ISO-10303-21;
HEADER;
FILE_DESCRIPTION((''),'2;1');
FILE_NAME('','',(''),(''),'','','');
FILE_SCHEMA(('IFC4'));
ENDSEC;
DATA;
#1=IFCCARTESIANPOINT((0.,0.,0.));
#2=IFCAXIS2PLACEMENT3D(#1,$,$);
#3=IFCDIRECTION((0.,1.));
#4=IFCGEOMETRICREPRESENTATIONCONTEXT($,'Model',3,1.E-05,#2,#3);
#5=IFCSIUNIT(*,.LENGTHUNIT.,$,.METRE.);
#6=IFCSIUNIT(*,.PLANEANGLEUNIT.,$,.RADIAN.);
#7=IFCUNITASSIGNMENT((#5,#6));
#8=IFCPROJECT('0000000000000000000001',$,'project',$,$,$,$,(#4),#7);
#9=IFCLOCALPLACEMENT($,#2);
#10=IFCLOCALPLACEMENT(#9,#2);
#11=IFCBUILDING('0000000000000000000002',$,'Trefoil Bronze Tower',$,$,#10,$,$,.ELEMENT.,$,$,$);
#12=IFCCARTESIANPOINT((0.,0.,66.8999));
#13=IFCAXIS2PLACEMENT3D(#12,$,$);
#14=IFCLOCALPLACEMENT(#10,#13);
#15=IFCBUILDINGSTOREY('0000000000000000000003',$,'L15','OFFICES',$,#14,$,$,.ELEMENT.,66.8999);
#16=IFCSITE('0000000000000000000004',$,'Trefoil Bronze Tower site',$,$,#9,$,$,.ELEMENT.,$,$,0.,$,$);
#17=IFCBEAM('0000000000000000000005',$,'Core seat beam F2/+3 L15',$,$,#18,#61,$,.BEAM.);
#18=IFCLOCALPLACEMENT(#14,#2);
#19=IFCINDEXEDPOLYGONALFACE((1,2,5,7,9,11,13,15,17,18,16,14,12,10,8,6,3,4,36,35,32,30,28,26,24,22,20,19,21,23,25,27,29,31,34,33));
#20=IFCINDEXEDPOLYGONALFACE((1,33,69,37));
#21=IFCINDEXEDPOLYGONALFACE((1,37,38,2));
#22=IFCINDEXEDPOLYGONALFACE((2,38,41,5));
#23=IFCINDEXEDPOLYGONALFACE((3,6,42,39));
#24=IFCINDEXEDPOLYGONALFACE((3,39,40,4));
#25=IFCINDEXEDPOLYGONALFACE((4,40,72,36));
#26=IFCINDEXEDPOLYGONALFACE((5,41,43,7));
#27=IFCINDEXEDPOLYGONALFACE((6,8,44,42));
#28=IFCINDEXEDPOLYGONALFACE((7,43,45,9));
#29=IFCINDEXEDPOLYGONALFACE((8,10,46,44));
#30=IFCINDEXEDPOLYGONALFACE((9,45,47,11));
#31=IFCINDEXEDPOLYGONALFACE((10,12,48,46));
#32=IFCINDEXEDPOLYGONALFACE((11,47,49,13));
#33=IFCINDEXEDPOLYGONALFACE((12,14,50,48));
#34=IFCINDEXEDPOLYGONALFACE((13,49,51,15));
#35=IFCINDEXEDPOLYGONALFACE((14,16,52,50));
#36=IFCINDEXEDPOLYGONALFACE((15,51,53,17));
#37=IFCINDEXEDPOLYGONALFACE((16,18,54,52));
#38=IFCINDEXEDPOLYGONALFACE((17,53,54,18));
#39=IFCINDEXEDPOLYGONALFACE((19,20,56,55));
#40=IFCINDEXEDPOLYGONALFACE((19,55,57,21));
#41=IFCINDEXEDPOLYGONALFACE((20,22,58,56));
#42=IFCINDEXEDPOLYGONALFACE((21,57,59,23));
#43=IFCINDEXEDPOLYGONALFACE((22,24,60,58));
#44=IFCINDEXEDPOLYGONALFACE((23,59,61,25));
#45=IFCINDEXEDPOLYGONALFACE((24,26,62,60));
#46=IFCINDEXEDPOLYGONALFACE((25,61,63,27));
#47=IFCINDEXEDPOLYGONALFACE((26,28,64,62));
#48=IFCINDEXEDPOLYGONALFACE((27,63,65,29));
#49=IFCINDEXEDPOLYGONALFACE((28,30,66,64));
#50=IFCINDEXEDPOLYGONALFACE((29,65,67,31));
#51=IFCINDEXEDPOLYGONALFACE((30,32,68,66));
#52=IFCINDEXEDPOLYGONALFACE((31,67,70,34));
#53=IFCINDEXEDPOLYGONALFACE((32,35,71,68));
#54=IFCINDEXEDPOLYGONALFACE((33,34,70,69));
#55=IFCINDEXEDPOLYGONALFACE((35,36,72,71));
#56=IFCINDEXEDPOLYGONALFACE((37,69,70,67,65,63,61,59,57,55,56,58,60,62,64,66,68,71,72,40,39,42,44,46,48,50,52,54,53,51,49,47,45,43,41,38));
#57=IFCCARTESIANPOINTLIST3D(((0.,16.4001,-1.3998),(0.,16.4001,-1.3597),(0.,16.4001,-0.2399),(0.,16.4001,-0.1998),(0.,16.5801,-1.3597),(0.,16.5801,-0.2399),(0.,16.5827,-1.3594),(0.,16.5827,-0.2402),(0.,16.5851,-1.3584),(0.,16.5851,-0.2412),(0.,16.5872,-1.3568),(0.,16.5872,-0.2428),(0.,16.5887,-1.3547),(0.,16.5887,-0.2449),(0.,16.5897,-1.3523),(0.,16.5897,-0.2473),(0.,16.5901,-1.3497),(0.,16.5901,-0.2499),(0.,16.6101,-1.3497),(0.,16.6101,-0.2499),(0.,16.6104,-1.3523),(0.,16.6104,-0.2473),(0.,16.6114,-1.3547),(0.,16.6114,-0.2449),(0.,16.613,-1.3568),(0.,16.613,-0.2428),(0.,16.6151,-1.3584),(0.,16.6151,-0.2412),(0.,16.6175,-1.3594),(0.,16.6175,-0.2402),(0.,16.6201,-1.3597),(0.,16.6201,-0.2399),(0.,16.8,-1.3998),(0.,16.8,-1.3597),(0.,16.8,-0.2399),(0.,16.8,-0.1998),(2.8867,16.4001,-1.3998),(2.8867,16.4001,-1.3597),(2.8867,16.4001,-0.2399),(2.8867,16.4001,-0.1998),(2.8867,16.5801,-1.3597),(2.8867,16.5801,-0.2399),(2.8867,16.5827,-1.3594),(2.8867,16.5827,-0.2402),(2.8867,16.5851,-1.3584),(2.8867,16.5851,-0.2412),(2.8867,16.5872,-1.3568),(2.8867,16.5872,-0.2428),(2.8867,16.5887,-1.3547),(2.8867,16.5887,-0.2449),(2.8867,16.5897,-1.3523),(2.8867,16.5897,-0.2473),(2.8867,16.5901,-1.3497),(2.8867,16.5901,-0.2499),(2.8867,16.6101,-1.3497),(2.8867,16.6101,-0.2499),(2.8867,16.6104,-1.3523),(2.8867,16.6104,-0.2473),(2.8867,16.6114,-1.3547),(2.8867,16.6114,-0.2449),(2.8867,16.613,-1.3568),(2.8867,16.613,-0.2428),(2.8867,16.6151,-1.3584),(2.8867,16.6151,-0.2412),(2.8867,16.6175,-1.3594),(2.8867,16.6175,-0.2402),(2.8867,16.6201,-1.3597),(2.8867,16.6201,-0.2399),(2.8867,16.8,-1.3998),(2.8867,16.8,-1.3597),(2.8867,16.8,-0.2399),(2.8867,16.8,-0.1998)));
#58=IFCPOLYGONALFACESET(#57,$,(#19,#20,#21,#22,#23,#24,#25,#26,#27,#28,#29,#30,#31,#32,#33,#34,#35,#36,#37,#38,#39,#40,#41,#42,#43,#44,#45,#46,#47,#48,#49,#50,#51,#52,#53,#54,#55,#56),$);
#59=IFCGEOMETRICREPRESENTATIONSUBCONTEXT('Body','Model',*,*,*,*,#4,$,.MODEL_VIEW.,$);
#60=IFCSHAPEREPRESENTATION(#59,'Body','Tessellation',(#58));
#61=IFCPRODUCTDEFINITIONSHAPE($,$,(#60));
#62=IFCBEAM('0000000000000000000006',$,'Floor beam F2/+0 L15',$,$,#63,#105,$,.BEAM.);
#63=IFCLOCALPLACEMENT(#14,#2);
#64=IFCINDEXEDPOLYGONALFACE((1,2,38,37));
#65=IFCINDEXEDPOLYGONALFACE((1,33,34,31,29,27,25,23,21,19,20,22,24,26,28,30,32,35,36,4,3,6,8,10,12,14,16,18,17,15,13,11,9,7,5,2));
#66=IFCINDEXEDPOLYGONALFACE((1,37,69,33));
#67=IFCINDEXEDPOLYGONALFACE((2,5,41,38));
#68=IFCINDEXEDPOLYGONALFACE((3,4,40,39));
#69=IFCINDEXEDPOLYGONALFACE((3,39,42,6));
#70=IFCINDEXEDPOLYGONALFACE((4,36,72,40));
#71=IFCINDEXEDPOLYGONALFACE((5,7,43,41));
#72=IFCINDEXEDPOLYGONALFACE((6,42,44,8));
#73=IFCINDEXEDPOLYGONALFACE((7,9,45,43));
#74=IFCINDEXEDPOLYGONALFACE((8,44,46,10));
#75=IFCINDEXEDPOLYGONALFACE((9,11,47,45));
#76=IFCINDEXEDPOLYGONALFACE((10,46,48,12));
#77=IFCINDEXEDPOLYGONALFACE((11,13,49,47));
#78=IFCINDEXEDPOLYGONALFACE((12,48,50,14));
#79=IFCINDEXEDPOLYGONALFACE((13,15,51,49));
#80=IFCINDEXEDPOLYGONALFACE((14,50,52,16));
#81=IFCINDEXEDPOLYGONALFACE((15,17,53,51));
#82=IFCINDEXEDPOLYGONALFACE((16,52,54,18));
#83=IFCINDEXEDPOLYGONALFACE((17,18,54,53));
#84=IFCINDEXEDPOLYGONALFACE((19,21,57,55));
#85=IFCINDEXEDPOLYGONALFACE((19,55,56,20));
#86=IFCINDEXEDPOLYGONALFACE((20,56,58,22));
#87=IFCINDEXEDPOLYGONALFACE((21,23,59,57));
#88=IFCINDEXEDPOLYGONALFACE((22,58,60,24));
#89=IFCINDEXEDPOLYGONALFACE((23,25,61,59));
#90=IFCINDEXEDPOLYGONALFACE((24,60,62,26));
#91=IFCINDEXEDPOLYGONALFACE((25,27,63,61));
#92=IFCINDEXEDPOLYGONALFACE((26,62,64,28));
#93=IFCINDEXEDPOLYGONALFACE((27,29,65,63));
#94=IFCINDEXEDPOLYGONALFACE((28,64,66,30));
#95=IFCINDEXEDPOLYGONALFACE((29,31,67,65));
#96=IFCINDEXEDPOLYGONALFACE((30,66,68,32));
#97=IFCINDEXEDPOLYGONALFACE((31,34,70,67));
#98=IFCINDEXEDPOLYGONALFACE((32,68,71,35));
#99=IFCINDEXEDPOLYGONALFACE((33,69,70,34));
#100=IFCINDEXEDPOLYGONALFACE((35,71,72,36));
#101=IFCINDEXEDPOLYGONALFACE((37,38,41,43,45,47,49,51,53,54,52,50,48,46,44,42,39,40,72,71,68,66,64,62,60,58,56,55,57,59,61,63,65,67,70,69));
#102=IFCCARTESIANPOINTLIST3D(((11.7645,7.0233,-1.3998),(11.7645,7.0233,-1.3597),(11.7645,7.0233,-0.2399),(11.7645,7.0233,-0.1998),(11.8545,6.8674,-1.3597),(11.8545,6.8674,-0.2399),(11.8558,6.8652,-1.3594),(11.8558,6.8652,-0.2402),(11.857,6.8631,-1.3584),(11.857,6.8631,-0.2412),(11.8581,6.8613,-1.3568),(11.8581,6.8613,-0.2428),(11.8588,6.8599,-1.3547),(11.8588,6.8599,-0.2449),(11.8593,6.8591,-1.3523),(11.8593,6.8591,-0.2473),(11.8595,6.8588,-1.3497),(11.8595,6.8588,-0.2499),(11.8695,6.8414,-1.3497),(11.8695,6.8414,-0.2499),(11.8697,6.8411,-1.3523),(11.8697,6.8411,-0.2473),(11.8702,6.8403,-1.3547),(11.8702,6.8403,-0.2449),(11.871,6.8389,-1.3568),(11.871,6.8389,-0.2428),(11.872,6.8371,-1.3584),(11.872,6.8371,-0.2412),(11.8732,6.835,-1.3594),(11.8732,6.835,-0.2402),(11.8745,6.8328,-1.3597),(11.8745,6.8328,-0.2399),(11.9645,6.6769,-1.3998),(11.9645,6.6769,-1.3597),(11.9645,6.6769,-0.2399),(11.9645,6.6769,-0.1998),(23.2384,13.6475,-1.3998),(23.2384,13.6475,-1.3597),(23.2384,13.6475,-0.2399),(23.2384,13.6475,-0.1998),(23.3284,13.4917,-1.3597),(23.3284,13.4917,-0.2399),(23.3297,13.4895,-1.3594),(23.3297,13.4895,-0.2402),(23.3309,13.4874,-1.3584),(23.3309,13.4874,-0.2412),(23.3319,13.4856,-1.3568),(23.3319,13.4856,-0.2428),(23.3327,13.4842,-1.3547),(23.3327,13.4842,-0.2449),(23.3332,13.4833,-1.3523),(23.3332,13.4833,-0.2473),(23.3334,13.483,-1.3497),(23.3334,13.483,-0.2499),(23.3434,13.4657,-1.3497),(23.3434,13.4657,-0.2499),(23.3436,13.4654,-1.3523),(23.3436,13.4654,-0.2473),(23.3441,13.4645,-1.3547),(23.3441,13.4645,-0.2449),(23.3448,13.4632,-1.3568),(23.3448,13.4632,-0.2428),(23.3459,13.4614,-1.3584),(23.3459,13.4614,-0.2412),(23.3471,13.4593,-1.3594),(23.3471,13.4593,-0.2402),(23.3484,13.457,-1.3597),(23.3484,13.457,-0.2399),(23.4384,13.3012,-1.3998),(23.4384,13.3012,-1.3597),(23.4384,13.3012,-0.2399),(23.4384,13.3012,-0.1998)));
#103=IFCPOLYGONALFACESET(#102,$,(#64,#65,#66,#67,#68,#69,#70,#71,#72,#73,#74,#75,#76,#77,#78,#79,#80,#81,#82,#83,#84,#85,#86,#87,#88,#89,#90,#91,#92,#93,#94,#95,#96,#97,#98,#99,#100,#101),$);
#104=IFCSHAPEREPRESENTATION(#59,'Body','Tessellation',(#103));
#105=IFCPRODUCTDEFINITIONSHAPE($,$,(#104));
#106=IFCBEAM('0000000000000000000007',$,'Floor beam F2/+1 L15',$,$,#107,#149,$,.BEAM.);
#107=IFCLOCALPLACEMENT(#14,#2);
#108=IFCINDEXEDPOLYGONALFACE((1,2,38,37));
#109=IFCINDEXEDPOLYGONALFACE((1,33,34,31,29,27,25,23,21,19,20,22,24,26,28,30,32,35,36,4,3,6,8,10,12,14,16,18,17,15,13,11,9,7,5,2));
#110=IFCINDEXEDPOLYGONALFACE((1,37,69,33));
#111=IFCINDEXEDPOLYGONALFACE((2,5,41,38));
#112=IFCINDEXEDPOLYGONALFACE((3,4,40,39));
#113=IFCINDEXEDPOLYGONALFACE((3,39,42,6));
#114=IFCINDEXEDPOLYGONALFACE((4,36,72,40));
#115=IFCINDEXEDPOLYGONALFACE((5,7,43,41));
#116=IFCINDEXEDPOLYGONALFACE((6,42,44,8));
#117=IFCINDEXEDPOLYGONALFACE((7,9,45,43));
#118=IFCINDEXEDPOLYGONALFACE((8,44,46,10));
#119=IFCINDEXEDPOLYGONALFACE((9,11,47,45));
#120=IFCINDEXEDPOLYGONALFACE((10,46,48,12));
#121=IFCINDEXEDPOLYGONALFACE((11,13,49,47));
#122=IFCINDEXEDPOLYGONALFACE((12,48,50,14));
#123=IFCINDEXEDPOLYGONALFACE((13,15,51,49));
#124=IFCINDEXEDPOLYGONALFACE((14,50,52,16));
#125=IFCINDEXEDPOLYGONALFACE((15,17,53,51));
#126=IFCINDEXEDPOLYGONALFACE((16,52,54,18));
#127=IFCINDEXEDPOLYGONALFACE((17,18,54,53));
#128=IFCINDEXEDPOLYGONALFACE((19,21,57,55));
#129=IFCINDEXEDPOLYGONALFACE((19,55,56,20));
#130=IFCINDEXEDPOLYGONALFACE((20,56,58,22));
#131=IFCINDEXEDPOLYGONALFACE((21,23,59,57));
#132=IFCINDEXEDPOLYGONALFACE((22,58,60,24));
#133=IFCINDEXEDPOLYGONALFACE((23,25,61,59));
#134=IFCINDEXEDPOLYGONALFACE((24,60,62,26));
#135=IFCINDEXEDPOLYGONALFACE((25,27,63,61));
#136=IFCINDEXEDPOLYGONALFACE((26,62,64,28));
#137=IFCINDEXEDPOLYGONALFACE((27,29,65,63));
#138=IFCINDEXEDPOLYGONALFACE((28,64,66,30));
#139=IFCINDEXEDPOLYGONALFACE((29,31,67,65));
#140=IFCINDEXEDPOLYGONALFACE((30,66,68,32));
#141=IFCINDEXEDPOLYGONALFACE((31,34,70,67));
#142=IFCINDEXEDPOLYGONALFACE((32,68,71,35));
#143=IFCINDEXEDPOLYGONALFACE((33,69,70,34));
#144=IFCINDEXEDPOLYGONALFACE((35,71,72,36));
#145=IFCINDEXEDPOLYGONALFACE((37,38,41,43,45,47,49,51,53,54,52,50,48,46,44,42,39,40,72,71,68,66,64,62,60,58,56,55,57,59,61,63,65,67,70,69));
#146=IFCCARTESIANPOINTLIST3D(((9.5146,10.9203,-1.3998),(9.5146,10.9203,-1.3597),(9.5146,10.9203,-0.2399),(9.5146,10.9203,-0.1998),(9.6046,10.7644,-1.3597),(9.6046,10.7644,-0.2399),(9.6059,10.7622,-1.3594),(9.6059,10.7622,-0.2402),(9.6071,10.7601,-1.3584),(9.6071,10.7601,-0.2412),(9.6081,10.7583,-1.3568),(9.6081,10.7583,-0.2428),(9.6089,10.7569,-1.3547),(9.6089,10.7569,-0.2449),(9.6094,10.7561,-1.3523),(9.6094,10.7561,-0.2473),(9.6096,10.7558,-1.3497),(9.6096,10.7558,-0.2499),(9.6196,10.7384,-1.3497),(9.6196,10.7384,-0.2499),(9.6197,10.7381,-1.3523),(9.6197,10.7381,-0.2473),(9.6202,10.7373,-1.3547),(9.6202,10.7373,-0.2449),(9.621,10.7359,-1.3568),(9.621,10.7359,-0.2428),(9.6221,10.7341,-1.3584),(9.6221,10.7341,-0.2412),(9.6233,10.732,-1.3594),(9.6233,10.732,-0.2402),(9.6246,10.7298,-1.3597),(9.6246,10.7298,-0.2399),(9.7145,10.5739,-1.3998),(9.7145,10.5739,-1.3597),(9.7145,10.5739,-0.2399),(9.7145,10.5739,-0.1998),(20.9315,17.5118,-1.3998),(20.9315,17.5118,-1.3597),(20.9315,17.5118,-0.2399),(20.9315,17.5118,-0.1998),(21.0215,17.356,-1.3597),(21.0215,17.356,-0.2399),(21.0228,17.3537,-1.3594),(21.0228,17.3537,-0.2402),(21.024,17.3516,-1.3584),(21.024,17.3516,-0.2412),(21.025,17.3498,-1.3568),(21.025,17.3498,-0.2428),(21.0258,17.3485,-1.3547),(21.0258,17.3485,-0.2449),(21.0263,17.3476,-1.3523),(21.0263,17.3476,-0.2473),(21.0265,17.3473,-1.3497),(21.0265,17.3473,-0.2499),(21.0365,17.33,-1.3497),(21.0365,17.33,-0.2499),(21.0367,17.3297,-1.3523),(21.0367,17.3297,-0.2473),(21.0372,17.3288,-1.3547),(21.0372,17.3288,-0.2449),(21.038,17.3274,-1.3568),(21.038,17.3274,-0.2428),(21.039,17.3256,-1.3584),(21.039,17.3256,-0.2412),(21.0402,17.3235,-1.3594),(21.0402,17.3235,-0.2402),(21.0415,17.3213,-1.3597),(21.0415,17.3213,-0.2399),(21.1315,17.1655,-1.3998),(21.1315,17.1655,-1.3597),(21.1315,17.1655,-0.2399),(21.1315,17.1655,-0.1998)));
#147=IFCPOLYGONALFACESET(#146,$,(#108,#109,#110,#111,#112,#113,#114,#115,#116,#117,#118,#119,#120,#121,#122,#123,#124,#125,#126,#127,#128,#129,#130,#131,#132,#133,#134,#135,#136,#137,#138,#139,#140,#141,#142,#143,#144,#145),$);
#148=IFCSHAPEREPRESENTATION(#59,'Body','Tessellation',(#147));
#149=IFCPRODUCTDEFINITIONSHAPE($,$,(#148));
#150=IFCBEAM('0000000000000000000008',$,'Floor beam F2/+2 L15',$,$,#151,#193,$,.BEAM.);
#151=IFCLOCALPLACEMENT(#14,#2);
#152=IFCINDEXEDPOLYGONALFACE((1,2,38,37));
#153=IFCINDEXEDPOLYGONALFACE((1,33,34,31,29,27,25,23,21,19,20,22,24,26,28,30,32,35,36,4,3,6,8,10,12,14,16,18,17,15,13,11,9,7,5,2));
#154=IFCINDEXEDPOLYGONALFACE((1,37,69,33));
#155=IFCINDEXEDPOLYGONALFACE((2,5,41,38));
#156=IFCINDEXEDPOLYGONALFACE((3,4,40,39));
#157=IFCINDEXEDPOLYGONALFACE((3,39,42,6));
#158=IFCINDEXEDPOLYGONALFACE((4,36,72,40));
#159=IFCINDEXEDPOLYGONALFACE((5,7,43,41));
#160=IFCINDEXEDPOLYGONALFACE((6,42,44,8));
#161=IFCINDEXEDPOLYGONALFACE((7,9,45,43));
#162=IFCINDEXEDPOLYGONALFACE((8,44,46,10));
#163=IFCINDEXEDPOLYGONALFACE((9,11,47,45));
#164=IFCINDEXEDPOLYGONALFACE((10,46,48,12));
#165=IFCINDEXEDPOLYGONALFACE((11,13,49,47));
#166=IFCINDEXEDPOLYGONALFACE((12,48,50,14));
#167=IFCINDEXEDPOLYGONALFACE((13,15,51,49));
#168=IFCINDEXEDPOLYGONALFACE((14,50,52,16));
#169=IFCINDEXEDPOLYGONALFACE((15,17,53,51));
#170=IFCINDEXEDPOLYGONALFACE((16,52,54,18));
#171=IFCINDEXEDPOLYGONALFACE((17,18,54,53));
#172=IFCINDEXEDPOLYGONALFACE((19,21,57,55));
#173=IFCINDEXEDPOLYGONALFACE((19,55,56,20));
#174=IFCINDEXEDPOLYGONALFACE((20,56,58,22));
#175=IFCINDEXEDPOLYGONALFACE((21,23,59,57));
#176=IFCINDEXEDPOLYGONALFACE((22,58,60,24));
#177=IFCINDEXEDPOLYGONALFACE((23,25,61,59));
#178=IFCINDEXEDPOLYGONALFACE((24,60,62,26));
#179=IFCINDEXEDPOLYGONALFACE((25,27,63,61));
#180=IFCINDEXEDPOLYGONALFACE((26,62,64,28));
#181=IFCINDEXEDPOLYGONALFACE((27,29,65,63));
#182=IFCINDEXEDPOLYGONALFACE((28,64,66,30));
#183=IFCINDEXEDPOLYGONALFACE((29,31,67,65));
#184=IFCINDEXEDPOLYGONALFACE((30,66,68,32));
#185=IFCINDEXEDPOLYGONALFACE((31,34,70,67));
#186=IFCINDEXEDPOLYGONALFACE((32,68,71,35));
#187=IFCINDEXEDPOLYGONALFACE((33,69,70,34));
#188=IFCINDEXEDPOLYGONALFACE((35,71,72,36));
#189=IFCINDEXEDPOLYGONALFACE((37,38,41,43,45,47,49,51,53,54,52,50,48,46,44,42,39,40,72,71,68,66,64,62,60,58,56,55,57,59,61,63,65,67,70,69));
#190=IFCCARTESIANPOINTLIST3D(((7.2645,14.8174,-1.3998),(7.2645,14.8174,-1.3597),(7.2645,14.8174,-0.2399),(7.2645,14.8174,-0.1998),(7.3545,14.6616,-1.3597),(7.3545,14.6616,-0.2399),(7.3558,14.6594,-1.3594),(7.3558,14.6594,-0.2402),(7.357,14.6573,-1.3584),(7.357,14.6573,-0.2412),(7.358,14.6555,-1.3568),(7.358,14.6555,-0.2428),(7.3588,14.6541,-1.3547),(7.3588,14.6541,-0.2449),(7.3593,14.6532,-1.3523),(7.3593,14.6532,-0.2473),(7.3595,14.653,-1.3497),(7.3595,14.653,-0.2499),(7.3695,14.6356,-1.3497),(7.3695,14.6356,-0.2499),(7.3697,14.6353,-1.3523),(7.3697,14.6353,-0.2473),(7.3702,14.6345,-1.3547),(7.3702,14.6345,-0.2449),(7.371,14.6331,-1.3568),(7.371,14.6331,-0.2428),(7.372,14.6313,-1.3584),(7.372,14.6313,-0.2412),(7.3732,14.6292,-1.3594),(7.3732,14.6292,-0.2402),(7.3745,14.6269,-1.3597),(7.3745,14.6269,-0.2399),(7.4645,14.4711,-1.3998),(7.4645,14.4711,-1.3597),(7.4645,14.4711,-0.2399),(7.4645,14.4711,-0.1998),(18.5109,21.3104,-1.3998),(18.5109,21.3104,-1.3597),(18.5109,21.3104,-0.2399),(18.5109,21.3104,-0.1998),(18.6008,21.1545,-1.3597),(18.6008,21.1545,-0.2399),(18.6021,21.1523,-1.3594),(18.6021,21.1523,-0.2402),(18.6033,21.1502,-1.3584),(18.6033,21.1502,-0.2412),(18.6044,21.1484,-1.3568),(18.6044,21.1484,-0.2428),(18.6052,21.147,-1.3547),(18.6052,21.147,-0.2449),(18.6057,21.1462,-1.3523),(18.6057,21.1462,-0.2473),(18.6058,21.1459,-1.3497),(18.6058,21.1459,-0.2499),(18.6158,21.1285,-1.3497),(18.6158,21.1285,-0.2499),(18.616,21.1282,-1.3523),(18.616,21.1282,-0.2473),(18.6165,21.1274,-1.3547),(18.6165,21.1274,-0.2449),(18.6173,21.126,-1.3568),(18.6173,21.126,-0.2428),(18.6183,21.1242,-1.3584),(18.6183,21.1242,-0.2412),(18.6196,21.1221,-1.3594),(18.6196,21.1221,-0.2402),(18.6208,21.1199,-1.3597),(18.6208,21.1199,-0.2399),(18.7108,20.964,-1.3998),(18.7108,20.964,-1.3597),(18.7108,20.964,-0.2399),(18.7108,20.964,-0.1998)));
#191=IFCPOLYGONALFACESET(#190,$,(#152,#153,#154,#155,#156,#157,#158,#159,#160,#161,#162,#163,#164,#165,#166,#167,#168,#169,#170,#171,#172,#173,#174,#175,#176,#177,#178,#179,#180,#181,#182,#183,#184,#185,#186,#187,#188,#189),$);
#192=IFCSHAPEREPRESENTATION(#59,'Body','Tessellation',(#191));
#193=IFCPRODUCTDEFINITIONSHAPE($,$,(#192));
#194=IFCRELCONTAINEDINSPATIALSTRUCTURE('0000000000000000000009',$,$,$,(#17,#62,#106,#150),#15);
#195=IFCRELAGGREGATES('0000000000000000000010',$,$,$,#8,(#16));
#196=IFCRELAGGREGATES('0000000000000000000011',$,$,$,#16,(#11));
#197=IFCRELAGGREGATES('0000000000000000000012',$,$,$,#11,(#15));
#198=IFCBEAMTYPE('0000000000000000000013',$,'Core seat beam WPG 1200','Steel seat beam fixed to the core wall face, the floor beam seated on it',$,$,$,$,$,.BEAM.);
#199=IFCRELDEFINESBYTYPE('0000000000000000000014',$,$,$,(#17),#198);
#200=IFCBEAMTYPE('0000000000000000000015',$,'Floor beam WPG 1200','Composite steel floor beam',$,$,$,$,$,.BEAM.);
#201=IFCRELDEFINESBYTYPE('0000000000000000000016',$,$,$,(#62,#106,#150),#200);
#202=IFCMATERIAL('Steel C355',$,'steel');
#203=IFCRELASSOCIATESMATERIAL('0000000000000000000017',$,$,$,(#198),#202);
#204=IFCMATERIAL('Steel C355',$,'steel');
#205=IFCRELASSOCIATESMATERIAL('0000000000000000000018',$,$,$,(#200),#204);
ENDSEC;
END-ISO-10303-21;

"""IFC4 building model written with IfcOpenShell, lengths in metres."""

from ifc_helpers import new_model, si_unit, direction, frame, origin, origin_2d, place, context, subcontext, project, spatial, i_section, extrude, material, material_profile, profile_set, type_object, element, save


model = new_model("IFC4")

# Units and contexts
model_context = context("Model", 3, precision=1e-05, world=origin(), true_north=direction((0.0, 1.0)))
body_context = subcontext(model_context, "Body", "Model", "MODEL_VIEW")
ifc_project = project(units=[si_unit("LENGTHUNIT", "METRE"), si_unit("PLANEANGLEUNIT", "RADIAN")], contexts=[model_context])

# Site, building, storey
site_placement = place(None, origin())
site = spatial("IfcSite", under=ifc_project, at=site_placement, Name="Trefoil Bronze Tower site", CompositionType="ELEMENT", RefElevation=0.0)
building_placement = place(site_placement, origin())
building = spatial("IfcBuilding", under=site, at=building_placement, Name="Trefoil Bronze Tower", CompositionType="ELEMENT")
storey_placement = place(building_placement, frame((0.0, 0.0, 66.8999)))
storey = spatial("IfcBuildingStorey", under=building, at=storey_placement, Name="L15", Description="OFFICES", CompositionType="ELEMENT", Elevation=66.8999)

# Beams
ifc_material_1 = material(Name="Steel C355", Category="steel")
ifc_material_profile_1 = material_profile(ifc_material_1, i_section(OverallWidth=0.3999, OverallDepth=1.2, WebThickness=0.02, FlangeThickness=0.04, FilletRadius=0.01, at=origin_2d()), Name="WPG 1200")
ifc_profile_set_1 = profile_set([ifc_material_profile_1], Name="Steel C355")
beam_type_1 = type_object("IfcBeamType", Name="Core seat beam WPG 1200", Description="Steel seat beam fixed to the core wall face, the floor beam seated on it", PredefinedType="BEAM", material=ifc_profile_set_1)
beam_1_placement = place(storey_placement, frame((2.8867, 16.6001, -0.7998), z_axis=(-1.0, 0.0, 0.0), x_axis=(0.0, -1.0, 0.0)))
element("IfcBeam", 1, at=beam_1_placement, inside=storey, type_object=beam_type_1, Name="Core seat beam F2/+3 L15", PredefinedType="BEAM", context=body_context, shape_type="SweptSolid", body=[
    extrude(i_section(OverallWidth=0.3999, OverallDepth=1.2, WebThickness=0.02, FlangeThickness=0.04, FilletRadius=0.01, at=origin_2d()), origin(), (0.0, 0.0, 1.0), 2.8867),
])
ifc_material_2 = material(Name="Steel C355", Category="steel")
ifc_material_profile_2 = material_profile(ifc_material_2, i_section(OverallWidth=0.3999, OverallDepth=1.2, WebThickness=0.02, FlangeThickness=0.04, FilletRadius=0.01, at=origin_2d()), Name="WPG 1200")
ifc_profile_set_2 = profile_set([ifc_material_profile_2], Name="Steel C355")
beam_type_2 = type_object("IfcBeamType", Name="Floor beam WPG 1200", Description="Composite steel floor beam", PredefinedType="BEAM", material=ifc_profile_set_2)
beam_2_placement = place(storey_placement, frame((23.3384, 13.4744, -0.7998), z_axis=(-0.866031, -0.49999, 0.0), x_axis=(0.49999, -0.866031, 0.0)))
element("IfcBeam", 2, at=beam_2_placement, inside=storey, type_object=beam_type_2, Name="Floor beam F2/+0 L15", PredefinedType="BEAM", context=body_context, shape_type="SweptSolid", body=[
    extrude(i_section(OverallWidth=0.3999, OverallDepth=1.2, WebThickness=0.02, FlangeThickness=0.04, FilletRadius=0.01, at=origin_2d()), origin(), (0.0, 0.0, 1.0), 13.2488),
])
beam_3_placement = place(storey_placement, frame((21.0315, 17.3386, -0.7998), z_axis=(-0.866027, -0.499997, 0.0), x_axis=(0.499997, -0.866027, 0.0)))
element("IfcBeam", 3, at=beam_3_placement, inside=storey, type_object=beam_type_2, Name="Floor beam F2/+1 L15", PredefinedType="BEAM", context=body_context, shape_type="SweptSolid", body=[
    extrude(i_section(OverallWidth=0.3999, OverallDepth=1.2, WebThickness=0.02, FlangeThickness=0.04, FilletRadius=0.01, at=origin_2d()), origin(), (0.0, 0.0, 1.0), 13.1831),
])
beam_4_placement = place(storey_placement, frame((18.6108, 21.1372, -0.7998), z_axis=(-0.866031, -0.499991, 0.0), x_axis=(0.499991, -0.866031, 0.0)))
element("IfcBeam", 4, at=beam_4_placement, inside=storey, type_object=beam_type_2, Name="Floor beam F2/+2 L15", PredefinedType="BEAM", context=body_context, shape_type="SweptSolid", body=[
    extrude(i_section(OverallWidth=0.3999, OverallDepth=1.2, WebThickness=0.02, FlangeThickness=0.04, FilletRadius=0.01, at=origin_2d()), origin(), (0.0, 0.0, 1.0), 12.9861),
])

save(model, "model.ifc")
